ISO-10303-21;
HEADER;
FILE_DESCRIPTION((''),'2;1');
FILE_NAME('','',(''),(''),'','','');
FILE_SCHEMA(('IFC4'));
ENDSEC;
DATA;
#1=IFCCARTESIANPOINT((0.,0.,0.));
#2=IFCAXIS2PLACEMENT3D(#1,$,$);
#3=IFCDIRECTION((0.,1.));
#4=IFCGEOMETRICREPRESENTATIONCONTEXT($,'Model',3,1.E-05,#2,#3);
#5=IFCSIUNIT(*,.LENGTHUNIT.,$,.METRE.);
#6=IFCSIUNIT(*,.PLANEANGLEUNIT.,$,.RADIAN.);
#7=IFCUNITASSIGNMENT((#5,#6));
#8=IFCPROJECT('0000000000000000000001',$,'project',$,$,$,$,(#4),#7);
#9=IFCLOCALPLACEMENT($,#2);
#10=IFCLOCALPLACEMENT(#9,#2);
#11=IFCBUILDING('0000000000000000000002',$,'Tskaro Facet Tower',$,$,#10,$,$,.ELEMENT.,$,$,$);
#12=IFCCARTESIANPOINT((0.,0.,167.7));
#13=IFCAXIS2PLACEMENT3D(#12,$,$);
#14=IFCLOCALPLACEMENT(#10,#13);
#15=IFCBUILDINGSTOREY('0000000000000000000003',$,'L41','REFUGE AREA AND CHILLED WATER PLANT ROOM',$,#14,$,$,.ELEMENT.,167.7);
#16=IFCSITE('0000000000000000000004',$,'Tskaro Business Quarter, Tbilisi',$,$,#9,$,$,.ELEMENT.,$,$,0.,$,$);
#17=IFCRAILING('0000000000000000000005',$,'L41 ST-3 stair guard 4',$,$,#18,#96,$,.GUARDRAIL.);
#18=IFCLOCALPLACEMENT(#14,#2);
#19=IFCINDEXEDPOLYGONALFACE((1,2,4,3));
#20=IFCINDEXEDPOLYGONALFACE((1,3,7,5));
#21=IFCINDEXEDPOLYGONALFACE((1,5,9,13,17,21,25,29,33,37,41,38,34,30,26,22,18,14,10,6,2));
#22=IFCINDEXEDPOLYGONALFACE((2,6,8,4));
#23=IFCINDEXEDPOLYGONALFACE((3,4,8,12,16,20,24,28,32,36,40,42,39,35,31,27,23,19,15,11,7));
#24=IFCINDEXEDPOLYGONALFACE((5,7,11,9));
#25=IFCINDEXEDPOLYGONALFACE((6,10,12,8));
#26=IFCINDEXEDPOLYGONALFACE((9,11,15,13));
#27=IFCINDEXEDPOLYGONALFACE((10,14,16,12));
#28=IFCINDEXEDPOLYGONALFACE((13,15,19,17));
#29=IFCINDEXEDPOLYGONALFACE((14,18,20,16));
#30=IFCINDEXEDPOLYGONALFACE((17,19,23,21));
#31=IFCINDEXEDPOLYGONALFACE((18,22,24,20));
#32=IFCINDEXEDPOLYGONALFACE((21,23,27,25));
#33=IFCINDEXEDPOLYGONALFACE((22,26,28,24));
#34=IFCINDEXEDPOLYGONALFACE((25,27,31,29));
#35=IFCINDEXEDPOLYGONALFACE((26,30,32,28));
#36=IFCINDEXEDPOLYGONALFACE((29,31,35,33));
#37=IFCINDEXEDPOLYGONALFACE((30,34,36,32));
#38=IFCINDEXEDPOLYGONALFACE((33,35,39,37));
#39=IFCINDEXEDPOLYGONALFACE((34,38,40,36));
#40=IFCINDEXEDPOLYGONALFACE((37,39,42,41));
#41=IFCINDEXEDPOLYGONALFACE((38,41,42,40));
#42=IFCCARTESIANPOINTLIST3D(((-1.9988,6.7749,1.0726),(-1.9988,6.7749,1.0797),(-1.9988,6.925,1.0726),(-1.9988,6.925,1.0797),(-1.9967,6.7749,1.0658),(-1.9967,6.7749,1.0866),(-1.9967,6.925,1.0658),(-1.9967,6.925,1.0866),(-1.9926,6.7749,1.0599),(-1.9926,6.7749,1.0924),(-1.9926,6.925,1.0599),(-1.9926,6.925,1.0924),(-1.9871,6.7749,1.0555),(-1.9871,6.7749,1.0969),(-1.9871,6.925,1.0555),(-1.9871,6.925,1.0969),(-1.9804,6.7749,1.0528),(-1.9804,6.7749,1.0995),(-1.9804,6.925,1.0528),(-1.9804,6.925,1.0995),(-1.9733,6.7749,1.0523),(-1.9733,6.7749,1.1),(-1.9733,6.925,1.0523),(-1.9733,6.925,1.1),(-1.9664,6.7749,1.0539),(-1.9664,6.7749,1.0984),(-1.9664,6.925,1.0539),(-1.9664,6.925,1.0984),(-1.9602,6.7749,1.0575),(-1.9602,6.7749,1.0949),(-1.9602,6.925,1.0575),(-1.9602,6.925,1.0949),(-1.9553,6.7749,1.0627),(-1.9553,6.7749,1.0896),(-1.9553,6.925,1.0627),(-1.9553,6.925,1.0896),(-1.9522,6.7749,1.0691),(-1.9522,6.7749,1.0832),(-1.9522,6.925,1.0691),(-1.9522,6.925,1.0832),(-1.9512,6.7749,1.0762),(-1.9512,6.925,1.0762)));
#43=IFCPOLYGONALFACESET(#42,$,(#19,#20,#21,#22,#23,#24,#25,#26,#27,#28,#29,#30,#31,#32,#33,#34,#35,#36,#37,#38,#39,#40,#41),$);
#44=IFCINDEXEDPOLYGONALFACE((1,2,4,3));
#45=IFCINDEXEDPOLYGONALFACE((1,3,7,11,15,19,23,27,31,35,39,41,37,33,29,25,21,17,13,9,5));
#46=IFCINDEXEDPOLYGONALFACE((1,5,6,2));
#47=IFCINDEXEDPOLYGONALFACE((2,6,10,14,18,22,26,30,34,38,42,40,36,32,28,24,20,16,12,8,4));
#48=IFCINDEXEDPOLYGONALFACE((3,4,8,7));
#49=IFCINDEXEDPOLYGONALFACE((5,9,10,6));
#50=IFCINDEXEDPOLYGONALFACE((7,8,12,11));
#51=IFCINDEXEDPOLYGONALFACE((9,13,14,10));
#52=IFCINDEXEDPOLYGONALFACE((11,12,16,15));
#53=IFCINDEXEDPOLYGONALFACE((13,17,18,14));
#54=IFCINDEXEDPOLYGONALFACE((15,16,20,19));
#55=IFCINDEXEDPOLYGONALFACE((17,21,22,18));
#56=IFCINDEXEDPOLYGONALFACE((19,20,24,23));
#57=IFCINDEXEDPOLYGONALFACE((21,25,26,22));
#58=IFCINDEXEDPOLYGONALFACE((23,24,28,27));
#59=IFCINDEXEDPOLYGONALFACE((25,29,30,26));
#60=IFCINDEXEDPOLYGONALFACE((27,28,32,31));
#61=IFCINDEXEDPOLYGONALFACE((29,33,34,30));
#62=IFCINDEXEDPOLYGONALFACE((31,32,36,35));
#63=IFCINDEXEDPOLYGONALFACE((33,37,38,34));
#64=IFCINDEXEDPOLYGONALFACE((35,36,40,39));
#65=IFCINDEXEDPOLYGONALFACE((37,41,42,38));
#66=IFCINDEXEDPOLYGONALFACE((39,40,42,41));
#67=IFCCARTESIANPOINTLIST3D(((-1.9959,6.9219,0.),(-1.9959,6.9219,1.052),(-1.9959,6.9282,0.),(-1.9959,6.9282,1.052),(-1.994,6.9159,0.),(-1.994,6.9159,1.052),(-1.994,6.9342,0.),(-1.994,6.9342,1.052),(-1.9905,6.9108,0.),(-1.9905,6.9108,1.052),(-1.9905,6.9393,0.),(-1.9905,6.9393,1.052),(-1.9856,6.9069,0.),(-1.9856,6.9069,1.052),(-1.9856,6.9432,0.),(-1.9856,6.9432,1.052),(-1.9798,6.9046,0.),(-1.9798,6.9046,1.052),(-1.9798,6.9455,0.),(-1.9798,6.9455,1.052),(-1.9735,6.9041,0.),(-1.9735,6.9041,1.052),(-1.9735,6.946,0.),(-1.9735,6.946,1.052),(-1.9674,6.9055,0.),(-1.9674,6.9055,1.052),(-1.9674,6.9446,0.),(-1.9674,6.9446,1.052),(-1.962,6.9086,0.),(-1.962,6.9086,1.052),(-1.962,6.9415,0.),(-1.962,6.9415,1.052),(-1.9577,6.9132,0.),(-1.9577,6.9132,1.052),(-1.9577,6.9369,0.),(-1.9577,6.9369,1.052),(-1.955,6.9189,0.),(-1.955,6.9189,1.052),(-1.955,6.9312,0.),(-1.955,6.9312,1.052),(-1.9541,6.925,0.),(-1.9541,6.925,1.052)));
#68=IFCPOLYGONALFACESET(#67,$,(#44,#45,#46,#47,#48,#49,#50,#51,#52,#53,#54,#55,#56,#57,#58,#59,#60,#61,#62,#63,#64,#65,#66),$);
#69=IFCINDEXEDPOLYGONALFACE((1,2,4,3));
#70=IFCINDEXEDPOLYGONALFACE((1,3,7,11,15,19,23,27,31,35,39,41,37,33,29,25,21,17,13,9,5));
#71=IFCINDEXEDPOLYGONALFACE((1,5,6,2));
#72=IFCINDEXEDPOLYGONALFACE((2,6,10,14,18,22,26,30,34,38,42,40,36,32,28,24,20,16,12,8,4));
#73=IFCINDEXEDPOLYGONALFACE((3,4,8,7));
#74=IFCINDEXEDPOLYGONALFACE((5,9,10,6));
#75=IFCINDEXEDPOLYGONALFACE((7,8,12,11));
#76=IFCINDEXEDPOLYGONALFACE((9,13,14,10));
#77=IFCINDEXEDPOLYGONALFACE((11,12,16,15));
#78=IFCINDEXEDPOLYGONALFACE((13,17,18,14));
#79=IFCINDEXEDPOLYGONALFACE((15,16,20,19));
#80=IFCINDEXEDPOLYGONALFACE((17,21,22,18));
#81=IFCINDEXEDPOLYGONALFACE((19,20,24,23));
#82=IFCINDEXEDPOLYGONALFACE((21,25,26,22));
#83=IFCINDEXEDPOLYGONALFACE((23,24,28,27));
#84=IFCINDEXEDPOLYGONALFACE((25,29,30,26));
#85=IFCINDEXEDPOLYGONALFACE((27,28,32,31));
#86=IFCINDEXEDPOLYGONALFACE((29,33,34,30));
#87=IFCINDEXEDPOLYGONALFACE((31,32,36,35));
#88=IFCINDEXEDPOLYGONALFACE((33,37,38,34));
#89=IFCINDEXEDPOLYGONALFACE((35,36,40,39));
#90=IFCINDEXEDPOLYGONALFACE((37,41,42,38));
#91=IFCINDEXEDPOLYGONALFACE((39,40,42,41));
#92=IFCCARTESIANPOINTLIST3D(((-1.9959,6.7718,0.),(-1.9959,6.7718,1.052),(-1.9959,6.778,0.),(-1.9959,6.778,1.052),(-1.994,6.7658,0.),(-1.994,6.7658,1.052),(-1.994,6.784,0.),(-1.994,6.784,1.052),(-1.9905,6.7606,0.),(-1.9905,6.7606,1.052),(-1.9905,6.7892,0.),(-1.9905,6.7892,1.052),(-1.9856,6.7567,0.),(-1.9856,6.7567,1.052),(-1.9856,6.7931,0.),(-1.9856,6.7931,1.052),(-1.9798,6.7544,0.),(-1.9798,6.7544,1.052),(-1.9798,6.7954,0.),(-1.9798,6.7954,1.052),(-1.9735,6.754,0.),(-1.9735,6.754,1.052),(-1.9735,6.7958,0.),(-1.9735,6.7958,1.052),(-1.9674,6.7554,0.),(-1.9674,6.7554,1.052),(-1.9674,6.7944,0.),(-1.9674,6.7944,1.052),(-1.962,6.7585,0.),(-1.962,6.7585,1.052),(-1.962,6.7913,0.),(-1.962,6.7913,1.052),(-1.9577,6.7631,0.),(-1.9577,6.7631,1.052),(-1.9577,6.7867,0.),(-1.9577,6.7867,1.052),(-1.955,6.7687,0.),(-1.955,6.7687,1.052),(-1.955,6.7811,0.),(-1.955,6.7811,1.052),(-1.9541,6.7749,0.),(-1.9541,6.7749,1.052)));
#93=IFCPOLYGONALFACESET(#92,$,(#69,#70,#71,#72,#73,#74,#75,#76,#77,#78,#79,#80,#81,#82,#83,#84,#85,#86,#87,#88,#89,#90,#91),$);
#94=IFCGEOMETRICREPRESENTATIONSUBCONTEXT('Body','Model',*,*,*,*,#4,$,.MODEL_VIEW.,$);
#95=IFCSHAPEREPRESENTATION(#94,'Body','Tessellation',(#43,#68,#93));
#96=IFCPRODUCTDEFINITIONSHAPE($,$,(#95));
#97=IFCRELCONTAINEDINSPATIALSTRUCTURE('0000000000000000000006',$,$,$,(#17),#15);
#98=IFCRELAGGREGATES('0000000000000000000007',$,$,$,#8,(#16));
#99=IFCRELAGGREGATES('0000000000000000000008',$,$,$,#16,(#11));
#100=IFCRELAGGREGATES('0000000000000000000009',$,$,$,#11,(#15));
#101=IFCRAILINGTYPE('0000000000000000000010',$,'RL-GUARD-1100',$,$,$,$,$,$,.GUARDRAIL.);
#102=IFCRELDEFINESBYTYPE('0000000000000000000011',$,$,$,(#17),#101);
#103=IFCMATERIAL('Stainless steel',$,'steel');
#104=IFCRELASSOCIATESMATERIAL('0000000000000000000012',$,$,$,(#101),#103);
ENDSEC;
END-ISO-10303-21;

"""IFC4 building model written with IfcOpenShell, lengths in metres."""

from ifc_helpers import new_model, si_unit, direction, frame, origin, origin_2d, place, context, subcontext, project, spatial, circle, extrude, material, type_object, element, save


model = new_model("IFC4")

# Units and contexts
model_context = context("Model", 3, precision=1e-05, world=origin(), true_north=direction((0.0, 1.0)))
body_context = subcontext(model_context, "Body", "Model", "MODEL_VIEW")
ifc_project = project(units=[si_unit("LENGTHUNIT", "METRE"), si_unit("PLANEANGLEUNIT", "RADIAN")], contexts=[model_context])

# Site, building, storey
site_placement = place(None, origin())
site = spatial("IfcSite", under=ifc_project, at=site_placement, Name="Tskaro Business Quarter, Tbilisi", CompositionType="ELEMENT", RefElevation=0.0)
building_placement = place(site_placement, origin())
building = spatial("IfcBuilding", under=site, at=building_placement, Name="Tskaro Facet Tower", CompositionType="ELEMENT")
storey_placement = place(building_placement, frame((0.0, 0.0, 167.7)))
storey = spatial("IfcBuildingStorey", under=building, at=storey_placement, Name="L41", Description="REFUGE AREA AND CHILLED WATER PLANT ROOM", CompositionType="ELEMENT", Elevation=167.7)

# Railing
ifc_material_1 = material(Name="Stainless steel", Category="steel")
railing_type_1 = type_object("IfcRailingType", Name="RL-GUARD-1100", PredefinedType="GUARDRAIL", material=ifc_material_1)
railing_1_placement = place(storey_placement, frame((-1.9751, 6.925, 0.0)))
element("IfcRailing", 1, at=railing_1_placement, inside=storey, type_object=railing_type_1, Name="L41 ST-3 stair guard 4", PredefinedType="GUARDRAIL", context=body_context, shape_type="SweptSolid", body=[
    extrude(circle(Radius=0.0239, at=origin_2d()), frame((0.0, 0.0, 1.0762), z_axis=(0.0, -1.0, 0.0), x_axis=(1.0, 0.0, 0.0)), (0.0, 0.0, 1.0), 0.1501),
    extrude(circle(Radius=0.021, at=origin_2d()), origin(), (0.0, 0.0, 1.0), 1.052),
    extrude(circle(Radius=0.021, at=origin_2d()), frame((0.0, -0.1501, 0.0)), (0.0, 0.0, 1.0), 1.052),
])

save(model, "model.ifc")
